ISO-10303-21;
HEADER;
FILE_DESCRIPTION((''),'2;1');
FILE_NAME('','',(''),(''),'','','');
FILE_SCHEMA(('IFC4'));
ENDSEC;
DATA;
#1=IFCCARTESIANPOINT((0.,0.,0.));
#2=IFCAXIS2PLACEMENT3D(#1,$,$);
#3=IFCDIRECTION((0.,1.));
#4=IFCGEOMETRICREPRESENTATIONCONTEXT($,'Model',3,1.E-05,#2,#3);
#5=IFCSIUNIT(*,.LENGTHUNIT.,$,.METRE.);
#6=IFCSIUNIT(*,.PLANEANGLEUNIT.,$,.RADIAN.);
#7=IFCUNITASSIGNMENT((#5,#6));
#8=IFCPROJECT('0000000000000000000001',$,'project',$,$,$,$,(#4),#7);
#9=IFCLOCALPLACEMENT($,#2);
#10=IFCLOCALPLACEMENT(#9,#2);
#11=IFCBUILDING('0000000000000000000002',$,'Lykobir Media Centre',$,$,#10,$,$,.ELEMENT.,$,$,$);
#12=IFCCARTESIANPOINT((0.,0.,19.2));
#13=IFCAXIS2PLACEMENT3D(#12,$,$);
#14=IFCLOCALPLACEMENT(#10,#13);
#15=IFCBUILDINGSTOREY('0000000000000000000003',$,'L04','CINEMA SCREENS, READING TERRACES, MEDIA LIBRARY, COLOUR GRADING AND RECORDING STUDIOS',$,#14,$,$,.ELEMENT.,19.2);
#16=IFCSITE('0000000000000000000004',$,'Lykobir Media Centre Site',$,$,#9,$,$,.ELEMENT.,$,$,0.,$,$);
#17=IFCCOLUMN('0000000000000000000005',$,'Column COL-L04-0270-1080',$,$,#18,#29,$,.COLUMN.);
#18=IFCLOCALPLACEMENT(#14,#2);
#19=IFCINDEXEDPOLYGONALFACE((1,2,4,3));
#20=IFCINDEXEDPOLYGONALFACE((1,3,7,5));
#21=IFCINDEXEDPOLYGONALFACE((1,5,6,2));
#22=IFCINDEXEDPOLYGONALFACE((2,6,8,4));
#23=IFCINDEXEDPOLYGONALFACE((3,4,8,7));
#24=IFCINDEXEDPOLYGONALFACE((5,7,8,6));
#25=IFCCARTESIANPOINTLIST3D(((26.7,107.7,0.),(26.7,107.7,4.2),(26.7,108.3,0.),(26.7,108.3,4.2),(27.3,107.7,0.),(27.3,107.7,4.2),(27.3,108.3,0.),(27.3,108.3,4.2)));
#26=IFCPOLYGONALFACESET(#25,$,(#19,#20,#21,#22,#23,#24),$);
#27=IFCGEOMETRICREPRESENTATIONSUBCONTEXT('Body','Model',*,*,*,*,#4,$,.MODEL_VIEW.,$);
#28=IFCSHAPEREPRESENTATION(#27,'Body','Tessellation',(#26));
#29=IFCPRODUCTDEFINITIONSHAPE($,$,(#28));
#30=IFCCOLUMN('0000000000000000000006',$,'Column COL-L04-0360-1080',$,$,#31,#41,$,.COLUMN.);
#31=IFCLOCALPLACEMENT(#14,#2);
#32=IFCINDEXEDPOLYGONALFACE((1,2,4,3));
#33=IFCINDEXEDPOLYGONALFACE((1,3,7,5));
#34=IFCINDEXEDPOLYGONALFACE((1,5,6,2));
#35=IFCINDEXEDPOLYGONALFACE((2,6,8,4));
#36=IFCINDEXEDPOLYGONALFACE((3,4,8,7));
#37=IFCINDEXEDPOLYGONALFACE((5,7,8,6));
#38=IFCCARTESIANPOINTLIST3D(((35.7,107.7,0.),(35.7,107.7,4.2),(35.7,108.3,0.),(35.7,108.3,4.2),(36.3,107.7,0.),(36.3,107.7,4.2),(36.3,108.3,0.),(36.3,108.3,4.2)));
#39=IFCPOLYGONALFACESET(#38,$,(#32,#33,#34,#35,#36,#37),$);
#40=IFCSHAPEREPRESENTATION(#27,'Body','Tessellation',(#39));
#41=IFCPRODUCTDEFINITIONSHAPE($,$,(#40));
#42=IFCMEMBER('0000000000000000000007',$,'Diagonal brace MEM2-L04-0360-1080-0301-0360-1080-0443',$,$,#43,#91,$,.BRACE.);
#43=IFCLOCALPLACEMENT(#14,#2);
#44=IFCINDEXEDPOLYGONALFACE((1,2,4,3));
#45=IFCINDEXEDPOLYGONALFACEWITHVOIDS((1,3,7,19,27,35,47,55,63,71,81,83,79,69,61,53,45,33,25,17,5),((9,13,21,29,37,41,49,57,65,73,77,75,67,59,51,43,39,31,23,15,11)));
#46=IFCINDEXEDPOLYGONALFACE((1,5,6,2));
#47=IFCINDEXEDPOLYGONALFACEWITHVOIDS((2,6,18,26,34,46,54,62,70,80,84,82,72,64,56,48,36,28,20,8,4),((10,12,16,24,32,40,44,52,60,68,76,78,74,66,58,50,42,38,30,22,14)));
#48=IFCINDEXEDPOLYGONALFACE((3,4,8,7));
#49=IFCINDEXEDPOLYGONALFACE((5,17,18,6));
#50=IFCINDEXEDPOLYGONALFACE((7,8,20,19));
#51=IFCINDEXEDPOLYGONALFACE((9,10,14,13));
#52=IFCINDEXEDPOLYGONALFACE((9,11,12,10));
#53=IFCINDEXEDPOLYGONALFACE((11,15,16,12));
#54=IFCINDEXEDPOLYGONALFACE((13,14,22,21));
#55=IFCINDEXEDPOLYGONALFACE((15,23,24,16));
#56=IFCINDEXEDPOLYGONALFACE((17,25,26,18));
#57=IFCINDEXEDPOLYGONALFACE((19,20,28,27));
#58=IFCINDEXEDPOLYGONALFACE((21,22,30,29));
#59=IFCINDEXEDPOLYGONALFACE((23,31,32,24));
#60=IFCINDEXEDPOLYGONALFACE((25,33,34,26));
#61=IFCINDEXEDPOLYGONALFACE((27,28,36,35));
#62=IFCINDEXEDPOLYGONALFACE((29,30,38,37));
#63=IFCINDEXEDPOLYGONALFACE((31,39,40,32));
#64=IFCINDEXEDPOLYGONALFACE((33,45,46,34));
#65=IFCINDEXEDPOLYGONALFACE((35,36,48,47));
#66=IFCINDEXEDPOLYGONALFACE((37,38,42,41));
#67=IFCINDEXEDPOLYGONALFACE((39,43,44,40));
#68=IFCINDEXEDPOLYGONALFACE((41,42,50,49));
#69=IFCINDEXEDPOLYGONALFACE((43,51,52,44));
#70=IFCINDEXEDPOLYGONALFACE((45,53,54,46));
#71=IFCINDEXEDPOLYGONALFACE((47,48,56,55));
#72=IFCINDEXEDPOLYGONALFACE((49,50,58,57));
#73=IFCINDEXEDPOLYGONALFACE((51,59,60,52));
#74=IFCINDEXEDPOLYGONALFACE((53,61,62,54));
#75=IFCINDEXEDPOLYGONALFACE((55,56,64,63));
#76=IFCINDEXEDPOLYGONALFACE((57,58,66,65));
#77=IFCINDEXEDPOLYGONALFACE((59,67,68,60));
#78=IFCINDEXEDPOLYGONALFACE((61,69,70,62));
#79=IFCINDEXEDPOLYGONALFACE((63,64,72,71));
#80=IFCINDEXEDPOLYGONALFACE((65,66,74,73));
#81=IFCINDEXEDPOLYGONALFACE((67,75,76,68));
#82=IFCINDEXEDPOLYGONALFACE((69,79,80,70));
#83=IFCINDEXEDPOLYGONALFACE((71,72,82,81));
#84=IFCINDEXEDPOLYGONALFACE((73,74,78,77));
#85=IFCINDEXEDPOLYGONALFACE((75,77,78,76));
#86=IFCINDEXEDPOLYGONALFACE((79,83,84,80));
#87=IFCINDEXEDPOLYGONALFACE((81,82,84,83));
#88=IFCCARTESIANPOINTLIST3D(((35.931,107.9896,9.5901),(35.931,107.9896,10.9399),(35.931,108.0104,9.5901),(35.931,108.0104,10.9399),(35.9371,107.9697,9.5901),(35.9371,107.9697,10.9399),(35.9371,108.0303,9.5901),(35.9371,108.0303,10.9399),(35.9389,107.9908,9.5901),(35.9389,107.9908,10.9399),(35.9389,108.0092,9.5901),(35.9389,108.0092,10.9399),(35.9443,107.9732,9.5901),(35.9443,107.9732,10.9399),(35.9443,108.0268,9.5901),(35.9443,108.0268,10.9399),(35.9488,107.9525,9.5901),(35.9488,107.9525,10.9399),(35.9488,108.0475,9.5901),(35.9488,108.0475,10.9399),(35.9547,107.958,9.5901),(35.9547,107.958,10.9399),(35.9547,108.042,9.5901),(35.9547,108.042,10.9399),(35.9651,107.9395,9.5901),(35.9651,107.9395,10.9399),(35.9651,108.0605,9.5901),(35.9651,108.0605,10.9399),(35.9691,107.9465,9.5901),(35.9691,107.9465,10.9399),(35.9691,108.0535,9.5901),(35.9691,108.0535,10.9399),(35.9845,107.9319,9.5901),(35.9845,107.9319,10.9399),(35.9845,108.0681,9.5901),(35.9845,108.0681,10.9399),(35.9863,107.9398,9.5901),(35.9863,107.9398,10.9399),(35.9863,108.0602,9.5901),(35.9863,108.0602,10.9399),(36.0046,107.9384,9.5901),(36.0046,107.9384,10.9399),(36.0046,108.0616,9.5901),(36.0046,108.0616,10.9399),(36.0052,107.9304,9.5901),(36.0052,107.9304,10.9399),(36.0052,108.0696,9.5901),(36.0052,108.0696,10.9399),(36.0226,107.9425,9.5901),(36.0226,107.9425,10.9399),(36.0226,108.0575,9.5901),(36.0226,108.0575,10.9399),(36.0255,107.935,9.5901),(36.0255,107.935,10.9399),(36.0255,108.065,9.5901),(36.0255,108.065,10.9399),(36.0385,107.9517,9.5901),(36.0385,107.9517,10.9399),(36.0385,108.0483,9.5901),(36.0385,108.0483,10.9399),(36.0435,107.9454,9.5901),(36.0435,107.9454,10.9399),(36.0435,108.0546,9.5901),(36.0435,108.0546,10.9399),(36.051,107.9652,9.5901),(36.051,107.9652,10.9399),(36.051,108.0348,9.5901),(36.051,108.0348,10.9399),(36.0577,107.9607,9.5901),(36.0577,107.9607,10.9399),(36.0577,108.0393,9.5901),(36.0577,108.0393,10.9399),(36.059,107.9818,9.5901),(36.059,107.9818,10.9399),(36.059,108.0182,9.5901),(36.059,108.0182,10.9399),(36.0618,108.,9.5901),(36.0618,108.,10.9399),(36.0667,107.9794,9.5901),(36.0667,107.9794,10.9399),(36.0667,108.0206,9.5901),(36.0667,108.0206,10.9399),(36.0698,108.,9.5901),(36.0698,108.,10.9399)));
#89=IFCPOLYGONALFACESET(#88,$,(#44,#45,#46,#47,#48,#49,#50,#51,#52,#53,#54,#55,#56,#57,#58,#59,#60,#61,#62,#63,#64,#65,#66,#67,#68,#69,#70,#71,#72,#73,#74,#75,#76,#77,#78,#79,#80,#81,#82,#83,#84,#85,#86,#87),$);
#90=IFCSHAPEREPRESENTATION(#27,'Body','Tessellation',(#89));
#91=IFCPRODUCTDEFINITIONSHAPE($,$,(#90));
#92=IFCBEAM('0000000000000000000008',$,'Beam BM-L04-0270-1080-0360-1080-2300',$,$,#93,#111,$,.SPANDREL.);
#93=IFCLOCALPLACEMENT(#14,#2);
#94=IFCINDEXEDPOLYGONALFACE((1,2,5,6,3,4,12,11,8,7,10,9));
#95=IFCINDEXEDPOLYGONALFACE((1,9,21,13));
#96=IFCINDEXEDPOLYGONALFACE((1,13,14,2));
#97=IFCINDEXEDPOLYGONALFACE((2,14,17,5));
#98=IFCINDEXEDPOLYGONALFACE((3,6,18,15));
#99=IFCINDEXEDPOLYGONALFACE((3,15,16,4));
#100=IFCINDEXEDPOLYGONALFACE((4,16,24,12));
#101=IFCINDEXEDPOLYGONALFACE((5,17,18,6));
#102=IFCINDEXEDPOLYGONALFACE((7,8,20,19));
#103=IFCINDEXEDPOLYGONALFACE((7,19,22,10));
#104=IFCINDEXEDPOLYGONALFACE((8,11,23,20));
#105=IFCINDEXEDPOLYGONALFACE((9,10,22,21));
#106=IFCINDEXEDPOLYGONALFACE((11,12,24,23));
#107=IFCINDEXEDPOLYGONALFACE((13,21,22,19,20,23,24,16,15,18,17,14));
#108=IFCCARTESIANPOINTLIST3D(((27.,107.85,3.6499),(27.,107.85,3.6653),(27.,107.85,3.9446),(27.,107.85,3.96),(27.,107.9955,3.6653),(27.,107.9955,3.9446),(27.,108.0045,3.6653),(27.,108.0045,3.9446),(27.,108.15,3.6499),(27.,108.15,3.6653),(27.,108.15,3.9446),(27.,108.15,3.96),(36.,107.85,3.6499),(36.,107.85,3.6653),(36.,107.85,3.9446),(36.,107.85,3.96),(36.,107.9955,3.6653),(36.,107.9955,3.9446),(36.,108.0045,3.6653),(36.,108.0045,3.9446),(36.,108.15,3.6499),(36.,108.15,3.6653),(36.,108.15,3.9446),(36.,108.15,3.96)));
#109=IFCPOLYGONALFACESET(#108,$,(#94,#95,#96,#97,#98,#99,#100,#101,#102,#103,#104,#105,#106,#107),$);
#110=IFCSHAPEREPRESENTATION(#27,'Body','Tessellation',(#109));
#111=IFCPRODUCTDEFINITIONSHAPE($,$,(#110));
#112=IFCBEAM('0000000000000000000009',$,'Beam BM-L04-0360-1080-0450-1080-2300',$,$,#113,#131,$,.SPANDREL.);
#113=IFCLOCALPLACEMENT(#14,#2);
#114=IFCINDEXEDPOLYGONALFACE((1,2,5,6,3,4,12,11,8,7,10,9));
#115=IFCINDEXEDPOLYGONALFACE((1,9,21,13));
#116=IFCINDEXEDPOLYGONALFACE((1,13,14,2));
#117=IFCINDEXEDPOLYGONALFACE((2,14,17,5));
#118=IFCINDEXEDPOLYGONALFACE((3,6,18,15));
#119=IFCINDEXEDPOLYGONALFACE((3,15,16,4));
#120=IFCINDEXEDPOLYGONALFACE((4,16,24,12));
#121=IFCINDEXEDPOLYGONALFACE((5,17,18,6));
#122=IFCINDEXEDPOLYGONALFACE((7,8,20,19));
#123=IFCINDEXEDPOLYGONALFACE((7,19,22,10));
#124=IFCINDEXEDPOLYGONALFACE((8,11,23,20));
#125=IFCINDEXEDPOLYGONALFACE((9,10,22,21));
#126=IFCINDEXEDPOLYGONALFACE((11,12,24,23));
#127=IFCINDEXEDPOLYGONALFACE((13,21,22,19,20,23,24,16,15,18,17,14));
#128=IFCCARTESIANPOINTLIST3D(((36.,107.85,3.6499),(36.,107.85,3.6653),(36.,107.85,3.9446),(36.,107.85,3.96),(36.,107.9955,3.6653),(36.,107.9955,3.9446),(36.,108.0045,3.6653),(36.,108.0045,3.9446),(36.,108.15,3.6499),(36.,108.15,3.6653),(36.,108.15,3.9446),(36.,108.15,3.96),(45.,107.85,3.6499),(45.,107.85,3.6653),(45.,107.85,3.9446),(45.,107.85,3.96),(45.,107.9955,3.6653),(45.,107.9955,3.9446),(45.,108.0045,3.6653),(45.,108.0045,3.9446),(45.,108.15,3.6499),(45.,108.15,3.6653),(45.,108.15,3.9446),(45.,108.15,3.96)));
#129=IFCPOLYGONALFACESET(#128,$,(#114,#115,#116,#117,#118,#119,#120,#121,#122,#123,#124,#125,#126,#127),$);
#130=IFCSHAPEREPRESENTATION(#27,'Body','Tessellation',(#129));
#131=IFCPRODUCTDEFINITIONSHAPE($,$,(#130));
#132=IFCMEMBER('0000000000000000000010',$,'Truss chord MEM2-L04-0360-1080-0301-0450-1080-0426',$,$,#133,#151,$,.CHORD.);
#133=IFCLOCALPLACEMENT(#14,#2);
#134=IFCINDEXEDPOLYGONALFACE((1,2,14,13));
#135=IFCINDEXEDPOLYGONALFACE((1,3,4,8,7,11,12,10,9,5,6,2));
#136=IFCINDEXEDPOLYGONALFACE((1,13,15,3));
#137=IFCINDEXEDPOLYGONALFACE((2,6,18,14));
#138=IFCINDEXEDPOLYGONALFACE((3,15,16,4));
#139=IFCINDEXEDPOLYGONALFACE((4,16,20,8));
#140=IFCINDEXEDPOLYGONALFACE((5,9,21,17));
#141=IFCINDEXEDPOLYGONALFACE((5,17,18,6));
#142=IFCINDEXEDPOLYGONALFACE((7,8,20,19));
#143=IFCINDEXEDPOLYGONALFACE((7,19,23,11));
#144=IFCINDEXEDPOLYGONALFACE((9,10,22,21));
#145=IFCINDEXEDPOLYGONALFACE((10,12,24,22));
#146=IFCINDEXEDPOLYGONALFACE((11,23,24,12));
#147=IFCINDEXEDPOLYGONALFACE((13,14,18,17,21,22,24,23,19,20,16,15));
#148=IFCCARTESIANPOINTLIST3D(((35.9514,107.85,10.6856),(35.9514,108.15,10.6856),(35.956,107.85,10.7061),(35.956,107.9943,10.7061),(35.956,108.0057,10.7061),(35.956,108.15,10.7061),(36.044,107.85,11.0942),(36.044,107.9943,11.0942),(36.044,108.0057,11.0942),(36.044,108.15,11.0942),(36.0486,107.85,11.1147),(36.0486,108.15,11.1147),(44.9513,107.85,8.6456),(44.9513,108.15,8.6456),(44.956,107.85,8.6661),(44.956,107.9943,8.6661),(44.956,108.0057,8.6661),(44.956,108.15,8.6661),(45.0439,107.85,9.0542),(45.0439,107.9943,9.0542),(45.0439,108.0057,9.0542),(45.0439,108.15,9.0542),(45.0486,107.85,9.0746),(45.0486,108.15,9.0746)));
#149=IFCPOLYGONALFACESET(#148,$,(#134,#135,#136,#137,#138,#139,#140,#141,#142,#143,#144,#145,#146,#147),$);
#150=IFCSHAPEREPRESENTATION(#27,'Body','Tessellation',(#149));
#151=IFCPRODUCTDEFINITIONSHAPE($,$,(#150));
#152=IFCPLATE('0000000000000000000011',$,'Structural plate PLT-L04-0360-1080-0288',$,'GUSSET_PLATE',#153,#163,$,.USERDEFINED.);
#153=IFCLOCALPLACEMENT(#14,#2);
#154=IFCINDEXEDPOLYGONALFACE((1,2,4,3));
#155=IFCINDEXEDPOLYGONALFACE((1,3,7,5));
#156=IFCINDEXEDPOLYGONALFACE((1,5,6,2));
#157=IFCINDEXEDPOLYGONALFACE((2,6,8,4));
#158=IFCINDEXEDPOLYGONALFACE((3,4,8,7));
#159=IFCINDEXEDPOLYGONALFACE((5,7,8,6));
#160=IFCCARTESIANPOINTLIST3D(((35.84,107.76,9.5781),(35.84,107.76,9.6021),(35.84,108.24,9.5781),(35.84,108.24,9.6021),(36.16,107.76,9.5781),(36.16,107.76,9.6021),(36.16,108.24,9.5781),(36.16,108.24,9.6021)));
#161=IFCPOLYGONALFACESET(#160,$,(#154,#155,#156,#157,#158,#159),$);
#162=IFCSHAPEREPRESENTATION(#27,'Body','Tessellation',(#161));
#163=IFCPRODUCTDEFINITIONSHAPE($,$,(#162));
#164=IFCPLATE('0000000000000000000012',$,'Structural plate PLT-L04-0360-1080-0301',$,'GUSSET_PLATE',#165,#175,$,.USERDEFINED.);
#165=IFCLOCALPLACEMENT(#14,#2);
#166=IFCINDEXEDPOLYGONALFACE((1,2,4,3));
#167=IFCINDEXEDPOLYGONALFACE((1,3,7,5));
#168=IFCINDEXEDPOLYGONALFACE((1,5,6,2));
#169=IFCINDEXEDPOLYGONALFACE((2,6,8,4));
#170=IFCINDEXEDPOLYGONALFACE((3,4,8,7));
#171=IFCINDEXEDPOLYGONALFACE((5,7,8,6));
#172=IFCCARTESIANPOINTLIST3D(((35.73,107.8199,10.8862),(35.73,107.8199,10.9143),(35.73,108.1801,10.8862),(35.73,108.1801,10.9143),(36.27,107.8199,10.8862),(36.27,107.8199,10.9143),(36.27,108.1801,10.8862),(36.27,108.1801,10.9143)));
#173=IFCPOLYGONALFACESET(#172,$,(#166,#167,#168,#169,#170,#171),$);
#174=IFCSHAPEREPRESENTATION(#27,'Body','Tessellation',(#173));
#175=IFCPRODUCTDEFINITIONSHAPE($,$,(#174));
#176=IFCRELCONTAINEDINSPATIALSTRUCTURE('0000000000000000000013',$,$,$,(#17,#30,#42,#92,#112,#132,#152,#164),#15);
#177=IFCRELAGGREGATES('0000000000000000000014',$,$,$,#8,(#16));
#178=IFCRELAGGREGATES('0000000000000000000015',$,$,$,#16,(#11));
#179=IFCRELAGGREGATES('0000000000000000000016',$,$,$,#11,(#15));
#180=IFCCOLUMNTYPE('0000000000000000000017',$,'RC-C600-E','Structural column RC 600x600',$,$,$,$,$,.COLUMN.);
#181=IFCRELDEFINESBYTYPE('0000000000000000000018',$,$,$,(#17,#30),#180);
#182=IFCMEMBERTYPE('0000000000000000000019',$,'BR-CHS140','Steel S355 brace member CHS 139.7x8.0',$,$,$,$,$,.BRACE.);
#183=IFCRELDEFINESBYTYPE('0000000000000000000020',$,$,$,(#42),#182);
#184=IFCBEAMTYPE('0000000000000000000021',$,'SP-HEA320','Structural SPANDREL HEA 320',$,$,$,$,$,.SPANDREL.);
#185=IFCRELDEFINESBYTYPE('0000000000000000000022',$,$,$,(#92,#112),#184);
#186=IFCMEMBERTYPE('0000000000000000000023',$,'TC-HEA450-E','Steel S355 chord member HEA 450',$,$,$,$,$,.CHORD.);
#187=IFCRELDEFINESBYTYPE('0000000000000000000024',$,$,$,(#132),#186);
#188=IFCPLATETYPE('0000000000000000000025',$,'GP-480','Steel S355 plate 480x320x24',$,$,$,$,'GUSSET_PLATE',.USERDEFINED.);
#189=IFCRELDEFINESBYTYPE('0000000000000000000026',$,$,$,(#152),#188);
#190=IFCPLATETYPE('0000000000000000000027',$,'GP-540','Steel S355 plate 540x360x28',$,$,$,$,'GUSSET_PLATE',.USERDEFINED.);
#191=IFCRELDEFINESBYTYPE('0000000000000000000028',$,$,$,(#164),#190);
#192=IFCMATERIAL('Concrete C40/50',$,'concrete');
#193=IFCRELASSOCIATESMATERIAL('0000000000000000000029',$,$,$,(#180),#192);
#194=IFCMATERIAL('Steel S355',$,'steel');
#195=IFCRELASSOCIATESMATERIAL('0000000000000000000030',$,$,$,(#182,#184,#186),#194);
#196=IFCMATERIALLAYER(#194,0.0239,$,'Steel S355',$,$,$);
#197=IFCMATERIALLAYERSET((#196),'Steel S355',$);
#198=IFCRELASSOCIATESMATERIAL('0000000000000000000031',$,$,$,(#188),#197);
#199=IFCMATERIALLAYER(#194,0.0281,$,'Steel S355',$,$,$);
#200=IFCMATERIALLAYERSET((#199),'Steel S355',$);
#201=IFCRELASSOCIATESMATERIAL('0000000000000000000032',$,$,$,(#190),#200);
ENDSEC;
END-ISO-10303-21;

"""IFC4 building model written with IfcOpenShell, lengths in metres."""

from ifc_helpers import new_model, si_unit, direction, frame, origin, origin_2d, place, context, subcontext, project, spatial, rectangle, hollow_circle, i_section, extrude, material, layer, layer_set, material_profile, profile_set, type_object, element, save


model = new_model("IFC4")

# Units and contexts
model_context = context("Model", 3, precision=1e-05, world=origin(), true_north=direction((0.0, 1.0)))
body_context = subcontext(model_context, "Body", "Model", "MODEL_VIEW")
ifc_project = project(units=[si_unit("LENGTHUNIT", "METRE"), si_unit("PLANEANGLEUNIT", "RADIAN")], contexts=[model_context])

# Site, building, storey
site_placement = place(None, origin())
site = spatial("IfcSite", under=ifc_project, at=site_placement, Name="Lykobir Media Centre Site", CompositionType="ELEMENT", RefElevation=0.0)
building_placement = place(site_placement, origin())
building = spatial("IfcBuilding", under=site, at=building_placement, Name="Lykobir Media Centre", CompositionType="ELEMENT")
storey_placement = place(building_placement, frame((0.0, 0.0, 19.2)))
storey = spatial("IfcBuildingStorey", under=building, at=storey_placement, Name="L04", Description="CINEMA SCREENS, READING TERRACES, MEDIA LIBRARY, COLOUR GRADING AND RECORDING STUDIOS", CompositionType="ELEMENT", Elevation=19.2)

# Columns
ifc_material_1 = material(Name="Concrete C40/50", Category="concrete")
ifc_material_profile_1 = material_profile(ifc_material_1, rectangle(XDim=0.6001, YDim=0.6001, at=origin_2d()), Name="RC 600x600")
ifc_profile_set_1 = profile_set([ifc_material_profile_1], Name="Concrete C40/50")
column_type = type_object("IfcColumnType", Name="RC-C600-E", Description="Structural column RC 600x600", PredefinedType="COLUMN", material=ifc_profile_set_1)
for number, where, z_axis, x_axis, name in (
    (1, (27.0, 108.0, 0.0), (0.0, 0.0, 1.0), (1.0, 0.0, 0.0), "Column COL-L04-0270-1080"),
    (2, (36.0, 108.0, 0.0), (0.0, 0.0, 1.0), (1.0, 0.0, 0.0), "Column COL-L04-0360-1080"),
):
    element("IfcColumn", number, at=place(storey_placement, frame(where, z_axis=z_axis, x_axis=x_axis)), inside=storey, type_object=column_type, Name=name, PredefinedType="COLUMN", context=body_context, shape_type="SweptSolid", body=[
        extrude(rectangle(XDim=0.6001, YDim=0.6001, at=origin_2d()), origin(), (0.0, 0.0, 1.0), 4.2),
    ])

# Member
ifc_material_2 = material(Name="Steel S355", Category="steel")
ifc_material_profile_2 = material_profile(ifc_material_2, hollow_circle(Radius=0.0698, WallThickness=0.0081, at=origin_2d()), Name="CHS 139.7x8.0")
ifc_profile_set_2 = profile_set([ifc_material_profile_2], Name="Steel S355")
member_type_1 = type_object("IfcMemberType", Name="BR-CHS140", Description="Steel S355 brace member CHS 139.7x8.0", PredefinedType="BRACE", material=ifc_profile_set_2)
member_1_placement = place(storey_placement, frame((36.0, 108.0, 10.9399), z_axis=(0.0, 0.0, -1.0), x_axis=(1.0, 0.0, 0.0)))
element("IfcMember", 3, at=member_1_placement, inside=storey, type_object=member_type_1, Name="Diagonal brace MEM2-L04-0360-1080-0301-0360-1080-0443", PredefinedType="BRACE", context=body_context, shape_type="SweptSolid", body=[
    extrude(hollow_circle(Radius=0.0698, WallThickness=0.0081, at=origin_2d()), origin(), (0.0, 0.0, 1.0), 1.3499),
])

# Beams
ifc_material_profile_3 = material_profile(ifc_material_2, i_section(OverallWidth=0.3, OverallDepth=0.3101, WebThickness=0.009, FlangeThickness=0.0154, at=origin_2d()), Name="HEA 320")
ifc_profile_set_3 = profile_set([ifc_material_profile_3], Name="Steel S355")
beam_type = type_object("IfcBeamType", Name="SP-HEA320", Description="Structural SPANDREL HEA 320", PredefinedType="SPANDREL", material=ifc_profile_set_3)
for number, where, z_axis, x_axis, name in (
    (4, (27.0, 108.0, 3.8049), (1.0, 0.0, 0.0), (0.0, 1.0, 0.0), "Beam BM-L04-0270-1080-0360-1080-2300"),
    (5, (36.0, 108.0, 3.8049), (1.0, 0.0, 0.0), (0.0, 1.0, 0.0), "Beam BM-L04-0360-1080-0450-1080-2300"),
):
    element("IfcBeam", number, at=place(storey_placement, frame(where, z_axis=z_axis, x_axis=x_axis)), inside=storey, type_object=beam_type, Name=name, PredefinedType="SPANDREL", context=body_context, shape_type="SweptSolid", body=[
        extrude(i_section(OverallWidth=0.3, OverallDepth=0.3101, WebThickness=0.009, FlangeThickness=0.0154, at=origin_2d()), origin(), (0.0, 0.0, 1.0), 9.0),
    ])

# Member
ifc_material_profile_4 = material_profile(ifc_material_2, i_section(OverallWidth=0.3, OverallDepth=0.4399, WebThickness=0.0115, FlangeThickness=0.021, at=origin_2d()), Name="HEA 450")
ifc_profile_set_4 = profile_set([ifc_material_profile_4], Name="Steel S355")
member_type_2 = type_object("IfcMemberType", Name="TC-HEA450-E", Description="Steel S355 chord member HEA 450", PredefinedType="CHORD", material=ifc_profile_set_4)
member_2_placement = place(storey_placement, frame((36.0, 108.0, 10.9001), z_axis=(0.97526, 0.0, -0.221063), x_axis=(0.0, 1.0, 0.0)))
element("IfcMember", 6, at=member_2_placement, inside=storey, type_object=member_type_2, Name="Truss chord MEM2-L04-0360-1080-0301-0450-1080-0426", PredefinedType="CHORD", context=body_context, shape_type="SweptSolid", body=[
    extrude(i_section(OverallWidth=0.3, OverallDepth=0.4399, WebThickness=0.0115, FlangeThickness=0.021, at=origin_2d()), origin(), (0.0, 0.0, 1.0), 9.2283),
])

# Plates
ifc_layer_1 = layer(ifc_material_2, 0.0239, Name="Steel S355")
ifc_layer_set_1 = layer_set([ifc_layer_1], Name="Steel S355")
plate_type_1 = type_object("IfcPlateType", Name="GP-480", Description="Steel S355 plate 480x320x24", ElementType="GUSSET_PLATE", PredefinedType="USERDEFINED", material=ifc_layer_set_1)
plate_1_placement = place(storey_placement, frame((36.0, 108.0, 9.5781), z_axis=(0.0, 0.0, 1.0), x_axis=(0.0, 1.0, 0.0)))
element("IfcPlate", 7, at=plate_1_placement, inside=storey, type_object=plate_type_1, Name="Structural plate PLT-L04-0360-1080-0288", ObjectType="GUSSET_PLATE", PredefinedType="USERDEFINED", context=body_context, shape_type="SweptSolid", body=[
    extrude(rectangle(XDim=0.48, YDim=0.3201, at=origin_2d()), origin(), (0.0, 0.0, 1.0), 0.0239),
])
ifc_layer_2 = layer(ifc_material_2, 0.0281, Name="Steel S355")
ifc_layer_set_2 = layer_set([ifc_layer_2], Name="Steel S355")
plate_type_2 = type_object("IfcPlateType", Name="GP-540", Description="Steel S355 plate 540x360x28", ElementType="GUSSET_PLATE", PredefinedType="USERDEFINED", material=ifc_layer_set_2)
plate_2_placement = place(storey_placement, frame((36.0, 108.0, 10.8862), z_axis=(0.0, 0.0, 1.0), x_axis=(1.0, 0.0, 0.0)))
element("IfcPlate", 8, at=plate_2_placement, inside=storey, type_object=plate_type_2, Name="Structural plate PLT-L04-0360-1080-0301", ObjectType="GUSSET_PLATE", PredefinedType="USERDEFINED", context=body_context, shape_type="SweptSolid", body=[
    extrude(rectangle(XDim=0.54, YDim=0.3601, at=origin_2d()), origin(), (0.0, 0.0, 1.0), 0.0281),
])

save(model, "model.ifc")
